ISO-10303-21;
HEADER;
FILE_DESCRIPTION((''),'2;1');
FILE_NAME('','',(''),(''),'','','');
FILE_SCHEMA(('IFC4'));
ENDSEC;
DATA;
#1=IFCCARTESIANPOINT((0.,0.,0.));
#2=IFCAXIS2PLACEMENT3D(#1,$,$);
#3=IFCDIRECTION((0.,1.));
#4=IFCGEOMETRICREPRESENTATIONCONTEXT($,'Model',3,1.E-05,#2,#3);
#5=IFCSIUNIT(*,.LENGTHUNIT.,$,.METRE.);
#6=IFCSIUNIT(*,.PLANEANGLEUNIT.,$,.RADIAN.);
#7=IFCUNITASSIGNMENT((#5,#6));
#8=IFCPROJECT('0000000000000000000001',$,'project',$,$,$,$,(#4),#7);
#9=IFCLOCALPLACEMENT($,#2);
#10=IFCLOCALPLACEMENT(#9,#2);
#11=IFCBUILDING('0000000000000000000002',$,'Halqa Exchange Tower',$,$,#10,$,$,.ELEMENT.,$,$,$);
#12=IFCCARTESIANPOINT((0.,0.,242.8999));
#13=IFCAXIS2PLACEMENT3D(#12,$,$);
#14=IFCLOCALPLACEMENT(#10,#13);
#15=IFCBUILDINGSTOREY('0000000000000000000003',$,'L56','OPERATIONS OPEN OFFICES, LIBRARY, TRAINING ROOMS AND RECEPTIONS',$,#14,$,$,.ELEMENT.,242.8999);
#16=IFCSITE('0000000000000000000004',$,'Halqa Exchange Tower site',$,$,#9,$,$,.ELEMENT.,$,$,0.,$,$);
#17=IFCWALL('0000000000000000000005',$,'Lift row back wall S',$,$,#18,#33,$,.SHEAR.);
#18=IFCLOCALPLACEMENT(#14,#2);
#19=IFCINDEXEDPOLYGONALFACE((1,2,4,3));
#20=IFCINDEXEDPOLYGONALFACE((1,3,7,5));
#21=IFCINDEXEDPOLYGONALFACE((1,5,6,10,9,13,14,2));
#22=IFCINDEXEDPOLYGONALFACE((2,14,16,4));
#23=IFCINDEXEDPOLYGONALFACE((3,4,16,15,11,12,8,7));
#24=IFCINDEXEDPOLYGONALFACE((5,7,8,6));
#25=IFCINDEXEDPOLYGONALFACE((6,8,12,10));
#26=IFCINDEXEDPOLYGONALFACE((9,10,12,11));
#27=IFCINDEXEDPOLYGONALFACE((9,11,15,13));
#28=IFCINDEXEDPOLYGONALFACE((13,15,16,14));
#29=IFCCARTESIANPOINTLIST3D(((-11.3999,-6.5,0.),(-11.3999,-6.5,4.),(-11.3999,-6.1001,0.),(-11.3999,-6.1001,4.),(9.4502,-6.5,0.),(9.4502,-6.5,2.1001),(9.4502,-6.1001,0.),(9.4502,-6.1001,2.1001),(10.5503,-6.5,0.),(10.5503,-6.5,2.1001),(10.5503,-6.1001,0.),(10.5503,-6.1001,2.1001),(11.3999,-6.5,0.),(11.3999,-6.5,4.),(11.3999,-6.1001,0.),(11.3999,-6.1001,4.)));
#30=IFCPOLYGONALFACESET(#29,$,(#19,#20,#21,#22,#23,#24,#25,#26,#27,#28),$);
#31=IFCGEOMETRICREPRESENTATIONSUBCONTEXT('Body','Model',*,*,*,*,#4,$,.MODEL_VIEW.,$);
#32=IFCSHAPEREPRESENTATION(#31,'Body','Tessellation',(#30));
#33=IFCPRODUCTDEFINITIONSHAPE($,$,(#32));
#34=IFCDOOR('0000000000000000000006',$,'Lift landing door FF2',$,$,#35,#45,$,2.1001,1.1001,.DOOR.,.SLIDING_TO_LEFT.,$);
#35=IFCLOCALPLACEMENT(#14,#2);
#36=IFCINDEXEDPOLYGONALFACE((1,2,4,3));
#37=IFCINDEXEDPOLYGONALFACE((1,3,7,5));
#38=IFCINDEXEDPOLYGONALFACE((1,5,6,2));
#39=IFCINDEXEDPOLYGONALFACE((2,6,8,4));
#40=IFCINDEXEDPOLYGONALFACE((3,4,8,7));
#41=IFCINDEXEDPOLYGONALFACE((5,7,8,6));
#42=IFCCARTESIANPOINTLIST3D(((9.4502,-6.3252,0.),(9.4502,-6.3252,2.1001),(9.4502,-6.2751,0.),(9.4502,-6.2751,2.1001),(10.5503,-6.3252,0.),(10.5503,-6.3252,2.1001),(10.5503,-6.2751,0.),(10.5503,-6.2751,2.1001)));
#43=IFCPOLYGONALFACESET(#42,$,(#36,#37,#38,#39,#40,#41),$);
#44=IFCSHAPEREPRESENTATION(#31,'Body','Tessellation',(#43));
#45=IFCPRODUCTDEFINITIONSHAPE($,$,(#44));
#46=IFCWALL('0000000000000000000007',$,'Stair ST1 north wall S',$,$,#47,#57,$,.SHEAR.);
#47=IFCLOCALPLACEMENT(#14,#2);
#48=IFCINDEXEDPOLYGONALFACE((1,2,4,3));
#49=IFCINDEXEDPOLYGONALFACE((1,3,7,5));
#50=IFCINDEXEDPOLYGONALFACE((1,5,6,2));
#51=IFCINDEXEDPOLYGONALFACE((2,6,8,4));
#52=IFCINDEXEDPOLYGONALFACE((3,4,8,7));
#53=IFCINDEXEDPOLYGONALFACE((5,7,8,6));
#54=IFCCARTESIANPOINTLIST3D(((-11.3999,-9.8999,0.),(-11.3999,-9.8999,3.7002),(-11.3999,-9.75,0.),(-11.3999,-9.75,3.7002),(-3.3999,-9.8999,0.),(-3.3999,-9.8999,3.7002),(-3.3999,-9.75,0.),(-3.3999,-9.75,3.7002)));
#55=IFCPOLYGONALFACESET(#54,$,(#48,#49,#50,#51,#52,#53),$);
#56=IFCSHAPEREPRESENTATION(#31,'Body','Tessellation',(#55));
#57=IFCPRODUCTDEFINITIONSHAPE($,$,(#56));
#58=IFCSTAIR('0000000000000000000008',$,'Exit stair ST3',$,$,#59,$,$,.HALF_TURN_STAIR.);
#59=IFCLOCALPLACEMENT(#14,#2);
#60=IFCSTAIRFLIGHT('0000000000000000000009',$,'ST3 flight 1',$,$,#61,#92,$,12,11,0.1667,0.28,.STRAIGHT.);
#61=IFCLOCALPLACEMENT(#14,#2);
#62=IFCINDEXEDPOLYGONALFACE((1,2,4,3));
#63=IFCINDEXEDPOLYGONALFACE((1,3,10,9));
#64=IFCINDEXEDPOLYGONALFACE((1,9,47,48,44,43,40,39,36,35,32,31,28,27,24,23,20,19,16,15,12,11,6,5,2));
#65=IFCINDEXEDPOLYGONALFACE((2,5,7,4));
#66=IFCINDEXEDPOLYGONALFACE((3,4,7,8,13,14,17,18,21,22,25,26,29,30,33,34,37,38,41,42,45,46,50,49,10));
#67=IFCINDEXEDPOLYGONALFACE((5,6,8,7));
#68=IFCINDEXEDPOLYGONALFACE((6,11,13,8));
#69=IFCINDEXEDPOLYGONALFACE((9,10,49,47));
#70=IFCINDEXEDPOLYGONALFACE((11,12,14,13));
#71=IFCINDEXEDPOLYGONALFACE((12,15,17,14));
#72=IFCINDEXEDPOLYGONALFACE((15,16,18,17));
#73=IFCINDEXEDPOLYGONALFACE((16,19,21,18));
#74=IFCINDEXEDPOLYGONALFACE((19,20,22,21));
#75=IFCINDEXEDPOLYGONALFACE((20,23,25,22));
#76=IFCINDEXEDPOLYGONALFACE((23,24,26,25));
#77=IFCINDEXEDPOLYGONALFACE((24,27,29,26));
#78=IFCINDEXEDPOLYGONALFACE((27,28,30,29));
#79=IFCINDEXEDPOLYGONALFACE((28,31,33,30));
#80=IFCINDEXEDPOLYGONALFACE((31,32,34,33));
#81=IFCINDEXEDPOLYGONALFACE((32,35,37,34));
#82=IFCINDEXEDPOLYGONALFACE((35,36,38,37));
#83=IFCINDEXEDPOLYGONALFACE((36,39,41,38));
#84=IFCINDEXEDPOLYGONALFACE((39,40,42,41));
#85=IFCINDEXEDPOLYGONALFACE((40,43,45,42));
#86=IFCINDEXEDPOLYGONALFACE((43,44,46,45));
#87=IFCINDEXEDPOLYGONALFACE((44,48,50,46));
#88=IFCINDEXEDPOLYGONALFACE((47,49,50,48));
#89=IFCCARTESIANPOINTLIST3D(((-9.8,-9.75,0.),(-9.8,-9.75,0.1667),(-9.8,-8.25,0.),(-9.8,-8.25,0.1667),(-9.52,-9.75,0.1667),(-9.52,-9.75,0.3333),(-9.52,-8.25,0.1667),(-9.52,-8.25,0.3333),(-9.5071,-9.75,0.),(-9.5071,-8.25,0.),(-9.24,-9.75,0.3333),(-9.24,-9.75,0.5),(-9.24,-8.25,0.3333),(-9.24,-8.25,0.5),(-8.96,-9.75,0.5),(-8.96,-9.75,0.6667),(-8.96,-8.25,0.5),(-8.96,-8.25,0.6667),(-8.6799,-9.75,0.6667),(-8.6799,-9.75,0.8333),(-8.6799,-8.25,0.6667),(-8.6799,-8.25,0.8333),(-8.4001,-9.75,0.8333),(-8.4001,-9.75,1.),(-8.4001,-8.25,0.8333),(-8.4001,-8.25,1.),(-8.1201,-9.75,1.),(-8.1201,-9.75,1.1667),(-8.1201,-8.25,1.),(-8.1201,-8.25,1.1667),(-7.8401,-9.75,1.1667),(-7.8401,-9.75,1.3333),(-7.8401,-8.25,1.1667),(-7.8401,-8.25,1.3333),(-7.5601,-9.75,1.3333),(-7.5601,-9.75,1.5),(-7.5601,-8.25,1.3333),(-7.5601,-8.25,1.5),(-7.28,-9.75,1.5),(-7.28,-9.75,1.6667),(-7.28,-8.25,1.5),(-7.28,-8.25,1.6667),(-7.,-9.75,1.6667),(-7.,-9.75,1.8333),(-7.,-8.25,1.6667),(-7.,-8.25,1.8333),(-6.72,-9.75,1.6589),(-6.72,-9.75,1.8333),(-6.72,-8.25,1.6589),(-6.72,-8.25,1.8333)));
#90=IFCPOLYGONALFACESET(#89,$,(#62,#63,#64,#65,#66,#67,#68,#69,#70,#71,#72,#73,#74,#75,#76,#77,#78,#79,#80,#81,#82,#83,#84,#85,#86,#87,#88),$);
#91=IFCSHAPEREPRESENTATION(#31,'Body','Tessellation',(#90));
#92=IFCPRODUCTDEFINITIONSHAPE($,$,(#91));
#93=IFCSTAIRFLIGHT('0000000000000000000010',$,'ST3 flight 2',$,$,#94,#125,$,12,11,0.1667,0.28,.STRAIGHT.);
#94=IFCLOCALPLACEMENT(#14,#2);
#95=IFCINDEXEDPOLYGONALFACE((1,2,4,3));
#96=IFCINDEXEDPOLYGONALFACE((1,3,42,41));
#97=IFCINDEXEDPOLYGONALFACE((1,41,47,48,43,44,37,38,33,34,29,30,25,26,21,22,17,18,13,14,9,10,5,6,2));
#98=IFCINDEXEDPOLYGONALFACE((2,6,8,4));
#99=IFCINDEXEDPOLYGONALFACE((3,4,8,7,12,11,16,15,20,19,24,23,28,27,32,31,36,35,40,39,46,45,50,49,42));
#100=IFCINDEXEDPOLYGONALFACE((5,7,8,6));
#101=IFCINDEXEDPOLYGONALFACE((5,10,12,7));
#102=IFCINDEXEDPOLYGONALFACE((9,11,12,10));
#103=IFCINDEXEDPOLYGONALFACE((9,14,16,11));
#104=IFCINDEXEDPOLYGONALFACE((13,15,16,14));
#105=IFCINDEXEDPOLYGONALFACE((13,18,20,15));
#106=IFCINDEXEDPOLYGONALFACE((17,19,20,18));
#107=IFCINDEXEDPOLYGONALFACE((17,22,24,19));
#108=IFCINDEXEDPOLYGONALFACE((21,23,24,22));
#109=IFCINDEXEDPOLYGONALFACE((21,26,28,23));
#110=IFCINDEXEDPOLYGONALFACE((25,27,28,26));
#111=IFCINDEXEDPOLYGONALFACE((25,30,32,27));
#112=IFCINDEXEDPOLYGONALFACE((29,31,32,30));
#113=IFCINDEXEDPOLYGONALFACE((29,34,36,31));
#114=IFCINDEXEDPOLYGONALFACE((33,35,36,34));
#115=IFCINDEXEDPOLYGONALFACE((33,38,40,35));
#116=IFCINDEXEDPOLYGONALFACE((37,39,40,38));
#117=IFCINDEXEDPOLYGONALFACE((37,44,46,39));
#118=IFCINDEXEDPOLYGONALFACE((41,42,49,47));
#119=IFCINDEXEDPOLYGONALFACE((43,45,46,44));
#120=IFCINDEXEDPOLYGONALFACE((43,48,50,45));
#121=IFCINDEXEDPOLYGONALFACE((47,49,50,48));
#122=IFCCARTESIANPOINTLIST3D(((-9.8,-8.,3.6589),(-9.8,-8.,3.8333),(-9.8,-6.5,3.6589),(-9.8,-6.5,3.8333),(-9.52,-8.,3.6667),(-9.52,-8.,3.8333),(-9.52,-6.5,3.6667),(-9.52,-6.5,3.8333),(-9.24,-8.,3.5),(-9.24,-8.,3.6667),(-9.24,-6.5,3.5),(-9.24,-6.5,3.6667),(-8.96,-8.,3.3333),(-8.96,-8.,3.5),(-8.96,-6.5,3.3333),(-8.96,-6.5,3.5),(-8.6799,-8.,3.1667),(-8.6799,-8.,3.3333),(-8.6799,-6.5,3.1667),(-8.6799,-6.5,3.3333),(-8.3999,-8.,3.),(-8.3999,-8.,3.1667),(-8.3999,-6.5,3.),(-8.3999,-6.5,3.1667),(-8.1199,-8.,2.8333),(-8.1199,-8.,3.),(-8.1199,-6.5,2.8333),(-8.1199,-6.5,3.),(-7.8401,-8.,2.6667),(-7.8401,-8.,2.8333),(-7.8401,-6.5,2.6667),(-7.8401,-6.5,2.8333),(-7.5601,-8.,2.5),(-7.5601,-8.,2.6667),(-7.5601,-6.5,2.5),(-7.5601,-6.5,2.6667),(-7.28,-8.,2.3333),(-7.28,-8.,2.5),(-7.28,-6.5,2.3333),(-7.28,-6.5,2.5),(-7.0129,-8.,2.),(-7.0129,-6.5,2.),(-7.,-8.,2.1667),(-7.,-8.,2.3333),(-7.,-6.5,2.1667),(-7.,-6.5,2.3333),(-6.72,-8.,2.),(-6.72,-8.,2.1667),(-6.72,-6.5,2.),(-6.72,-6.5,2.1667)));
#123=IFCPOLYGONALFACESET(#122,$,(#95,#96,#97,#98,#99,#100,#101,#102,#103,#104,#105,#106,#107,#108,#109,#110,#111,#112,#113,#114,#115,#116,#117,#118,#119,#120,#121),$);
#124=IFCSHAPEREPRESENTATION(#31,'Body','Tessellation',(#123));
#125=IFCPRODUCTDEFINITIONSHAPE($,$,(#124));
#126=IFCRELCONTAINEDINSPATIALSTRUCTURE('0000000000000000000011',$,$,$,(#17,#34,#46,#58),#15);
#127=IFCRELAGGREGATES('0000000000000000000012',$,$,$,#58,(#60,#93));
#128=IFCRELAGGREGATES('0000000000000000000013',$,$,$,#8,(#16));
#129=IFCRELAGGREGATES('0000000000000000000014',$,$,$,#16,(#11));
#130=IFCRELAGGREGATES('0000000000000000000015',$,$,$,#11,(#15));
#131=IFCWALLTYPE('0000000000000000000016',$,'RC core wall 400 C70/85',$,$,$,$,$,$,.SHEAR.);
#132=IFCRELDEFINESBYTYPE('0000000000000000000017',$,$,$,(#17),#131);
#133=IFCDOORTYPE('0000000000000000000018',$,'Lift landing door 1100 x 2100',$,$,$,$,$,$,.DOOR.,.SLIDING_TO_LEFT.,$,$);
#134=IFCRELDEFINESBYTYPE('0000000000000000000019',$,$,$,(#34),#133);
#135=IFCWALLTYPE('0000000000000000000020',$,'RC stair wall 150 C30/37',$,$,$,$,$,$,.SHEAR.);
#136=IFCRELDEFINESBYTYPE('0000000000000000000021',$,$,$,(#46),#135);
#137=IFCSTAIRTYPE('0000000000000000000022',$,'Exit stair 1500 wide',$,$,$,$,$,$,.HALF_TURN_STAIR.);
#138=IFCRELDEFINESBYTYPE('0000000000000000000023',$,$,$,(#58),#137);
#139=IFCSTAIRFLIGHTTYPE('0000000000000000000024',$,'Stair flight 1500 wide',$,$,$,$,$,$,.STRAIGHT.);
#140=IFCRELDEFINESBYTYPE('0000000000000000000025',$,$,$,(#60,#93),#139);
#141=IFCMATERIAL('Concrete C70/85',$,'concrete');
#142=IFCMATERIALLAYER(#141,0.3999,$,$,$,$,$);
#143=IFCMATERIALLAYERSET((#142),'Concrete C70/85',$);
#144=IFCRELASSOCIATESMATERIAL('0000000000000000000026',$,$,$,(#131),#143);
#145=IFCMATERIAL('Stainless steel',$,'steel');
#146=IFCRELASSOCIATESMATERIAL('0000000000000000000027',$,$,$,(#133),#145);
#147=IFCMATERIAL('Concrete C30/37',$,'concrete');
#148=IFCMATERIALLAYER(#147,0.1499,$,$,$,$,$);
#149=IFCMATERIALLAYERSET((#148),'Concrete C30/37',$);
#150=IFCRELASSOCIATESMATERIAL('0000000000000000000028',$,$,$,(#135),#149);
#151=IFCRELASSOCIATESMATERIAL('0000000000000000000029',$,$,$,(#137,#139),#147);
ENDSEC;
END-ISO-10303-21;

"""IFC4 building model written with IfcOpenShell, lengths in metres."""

from ifc_helpers import new_model, si_unit, direction, frame, frame_2d, origin, place, context, subcontext, project, spatial, polyline, rectangle, outline, extrude, material, layer, layer_set, type_object, element, fill, aggregate, save


model = new_model("IFC4")

# Units and contexts
model_context = context("Model", 3, precision=1e-05, world=origin(), true_north=direction((0.0, 1.0)))
body_context = subcontext(model_context, "Body", "Model", "MODEL_VIEW")
ifc_project = project(units=[si_unit("LENGTHUNIT", "METRE"), si_unit("PLANEANGLEUNIT", "RADIAN")], contexts=[model_context])

# Site, building, storey
site_placement = place(None, origin())
site = spatial("IfcSite", under=ifc_project, at=site_placement, Name="Halqa Exchange Tower site", CompositionType="ELEMENT", RefElevation=0.0)
building_placement = place(site_placement, origin())
building = spatial("IfcBuilding", under=site, at=building_placement, Name="Halqa Exchange Tower", CompositionType="ELEMENT")
storey_placement = place(building_placement, frame((0.0, 0.0, 242.8999)))
storey = spatial("IfcBuildingStorey", under=building, at=storey_placement, Name="L56", Description="OPERATIONS OPEN OFFICES, LIBRARY, TRAINING ROOMS AND RECEPTIONS", CompositionType="ELEMENT", Elevation=242.8999)

# Shared definitions
ifc_material_1 = material(Name="Concrete C70/85", Category="concrete")
ifc_layer_1 = layer(ifc_material_1, 0.3999)
ifc_layer_set_1 = layer_set([ifc_layer_1], Name="Concrete C70/85")
wall_type_1 = type_object("IfcWallType", Name="RC core wall 400 C70/85", PredefinedType="SHEAR", material=ifc_layer_set_1)
ifc_material_2 = material(Name="Stainless steel", Category="steel")
door_type_1 = type_object("IfcDoorType", Name="Lift landing door 1100 x 2100", OperationType="SLIDING_TO_LEFT", PredefinedType="DOOR", material=ifc_material_2)

# Wall, opening, door
wall_1_placement = place(storey_placement, frame((-11.3999, -6.3, 0.0), z_axis=(0.0, 0.0, 1.0), x_axis=(1.0, 0.0, 0.0)))
wall_1 = element("IfcWall", 1, at=wall_1_placement, inside=storey, type_object=wall_type_1, Name="Lift row back wall S", PredefinedType="SHEAR", context=body_context, shape_type="SweptSolid", body=[
    extrude(rectangle(XDim=22.7998, YDim=0.3999, at=frame_2d((11.3999, 0.0))), origin(), (0.0, 0.0, 1.0), 4.0),
])
opening_1_placement = place(wall_1_placement, frame((20.8501, 0.0, 0.0)))
opening_1 = element("IfcOpeningElement", 2, at=opening_1_placement, cuts=wall_1, PredefinedType="OPENING", context=body_context, shape_type="SweptSolid", body=[
    extrude(rectangle(XDim=1.1001, YDim=2.1001, at=frame_2d((0.55, 1.05))), frame((0.0, 0.2119, 0.0), z_axis=(0.0, -1.0, 0.0), x_axis=(1.0, 0.0, 0.0)), (0.0, 0.0, 1.0), 0.4238),
])
door_1_placement = place(opening_1_placement, origin())
door_1 = element("IfcDoor", 3, at=door_1_placement, inside=storey, type_object=door_type_1, Name="Lift landing door FF2", OperationType="SLIDING_TO_LEFT", OverallHeight=2.1001, OverallWidth=1.1001, PredefinedType="DOOR", context=body_context, shape_type="SweptSolid", body=[
    extrude(rectangle(XDim=1.1001, YDim=2.1001, at=frame_2d((0.55, 1.05))), frame((0.0, 0.0249, 0.0), z_axis=(0.0, -1.0, 0.0), x_axis=(1.0, 0.0, 0.0)), (0.0, 0.0, 1.0), 0.05),
])
fill(opening_1, door_1)

# Wall
ifc_material_3 = material(Name="Concrete C30/37", Category="concrete")
ifc_layer_2 = layer(ifc_material_3, 0.1499)
ifc_layer_set_2 = layer_set([ifc_layer_2], Name="Concrete C30/37")
wall_type_2 = type_object("IfcWallType", Name="RC stair wall 150 C30/37", PredefinedType="SHEAR", material=ifc_layer_set_2)
wall_2_placement = place(storey_placement, frame((-11.3999, -9.825, 0.0), z_axis=(0.0, 0.0, 1.0), x_axis=(1.0, 0.0, 0.0)))
element("IfcWall", 4, at=wall_2_placement, inside=storey, type_object=wall_type_2, Name="Stair ST1 north wall S", PredefinedType="SHEAR", context=body_context, shape_type="SweptSolid", body=[
    extrude(rectangle(XDim=8.0, YDim=0.1499, at=frame_2d((4.0, 0.0))), origin(), (0.0, 0.0, 1.0), 3.7002),
])

# Stair, stair flights
stair_type = type_object("IfcStairType", Name="Exit stair 1500 wide", PredefinedType="HALF_TURN_STAIR", material=ifc_material_3)
stair_placement = place(storey_placement, origin())
stair = element("IfcStair", 5, at=stair_placement, inside=storey, type_object=stair_type, Name="Exit stair ST3", PredefinedType="HALF_TURN_STAIR")
stair_flight_type = type_object("IfcStairFlightType", Name="Stair flight 1500 wide", PredefinedType="STRAIGHT", material=ifc_material_3)
stair_flight_1_placement = place(storey_placement, frame((-9.8, -9.0, 0.0), z_axis=(0.0, 0.0, 1.0), x_axis=(1.0, 0.0, 0.0)))
stair_flight_1 = element("IfcStairFlight", 6, at=stair_flight_1_placement, type_object=stair_flight_type, Name="ST3 flight 1", NumberOfRisers=12, NumberOfTreads=11, PredefinedType="STRAIGHT", RiserHeight=0.1667, TreadLength=0.28, context=body_context, shape_type="SweptSolid", body=[
    extrude(outline(polyline([(0.0, 0.0), (0.0, 0.1667), (0.28, 0.1667), (0.28, 0.3333), (0.5601, 0.3333), (0.5601, 0.5), (0.8401, 0.5), (0.8401, 0.6667), (1.1201, 0.6667), (1.1201, 0.8333), (1.3999, 0.8333), (1.3999, 1.0), (1.6799, 1.0), (1.6799, 1.1667), (1.96, 1.1667), (1.96, 1.3333), (2.24, 1.3333), (2.24, 1.5), (2.52, 1.5), (2.52, 1.6667), (2.8, 1.6667), (2.8, 1.8333), (3.0801, 1.8333), (3.0801, 2.0), (3.0801, 1.6589), (0.293, 0.0), (0.0, 0.0)])), frame((0.0, 0.75, 0.0), z_axis=(0.0, -1.0, 0.0), x_axis=(1.0, 0.0, 0.0)), (0.0, 0.0, 1.0), 1.5),
])
stair_flight_2_placement = place(storey_placement, frame((-6.72, -7.25, 2.0), z_axis=(0.0, 0.0, 1.0), x_axis=(-1.0, 0.0, 0.0)))
stair_flight_2 = element("IfcStairFlight", 7, at=stair_flight_2_placement, type_object=stair_flight_type, Name="ST3 flight 2", NumberOfRisers=12, NumberOfTreads=11, PredefinedType="STRAIGHT", RiserHeight=0.1667, TreadLength=0.28, context=body_context, shape_type="SweptSolid", body=[
    extrude(outline(polyline([(0.0, 0.0), (0.0, 0.1667), (0.28, 0.1667), (0.28, 0.3333), (0.5601, 0.3333), (0.5601, 0.5), (0.8401, 0.5), (0.8401, 0.6667), (1.1201, 0.6667), (1.1201, 0.8333), (1.3999, 0.8333), (1.3999, 1.0), (1.6799, 1.0), (1.6799, 1.1667), (1.96, 1.1667), (1.96, 1.3333), (2.24, 1.3333), (2.24, 1.5), (2.52, 1.5), (2.52, 1.6667), (2.8, 1.6667), (2.8, 1.8333), (3.0801, 1.8333), (3.0801, 2.0), (3.0801, 1.6589), (0.293, 0.0), (0.0, 0.0)])), frame((0.0, 0.75, 0.0), z_axis=(0.0, -1.0, 0.0), x_axis=(1.0, 0.0, 0.0)), (0.0, 0.0, 1.0), 1.5),
])
aggregate(stair, [stair_flight_1, stair_flight_2])

save(model, "model.ifc")
